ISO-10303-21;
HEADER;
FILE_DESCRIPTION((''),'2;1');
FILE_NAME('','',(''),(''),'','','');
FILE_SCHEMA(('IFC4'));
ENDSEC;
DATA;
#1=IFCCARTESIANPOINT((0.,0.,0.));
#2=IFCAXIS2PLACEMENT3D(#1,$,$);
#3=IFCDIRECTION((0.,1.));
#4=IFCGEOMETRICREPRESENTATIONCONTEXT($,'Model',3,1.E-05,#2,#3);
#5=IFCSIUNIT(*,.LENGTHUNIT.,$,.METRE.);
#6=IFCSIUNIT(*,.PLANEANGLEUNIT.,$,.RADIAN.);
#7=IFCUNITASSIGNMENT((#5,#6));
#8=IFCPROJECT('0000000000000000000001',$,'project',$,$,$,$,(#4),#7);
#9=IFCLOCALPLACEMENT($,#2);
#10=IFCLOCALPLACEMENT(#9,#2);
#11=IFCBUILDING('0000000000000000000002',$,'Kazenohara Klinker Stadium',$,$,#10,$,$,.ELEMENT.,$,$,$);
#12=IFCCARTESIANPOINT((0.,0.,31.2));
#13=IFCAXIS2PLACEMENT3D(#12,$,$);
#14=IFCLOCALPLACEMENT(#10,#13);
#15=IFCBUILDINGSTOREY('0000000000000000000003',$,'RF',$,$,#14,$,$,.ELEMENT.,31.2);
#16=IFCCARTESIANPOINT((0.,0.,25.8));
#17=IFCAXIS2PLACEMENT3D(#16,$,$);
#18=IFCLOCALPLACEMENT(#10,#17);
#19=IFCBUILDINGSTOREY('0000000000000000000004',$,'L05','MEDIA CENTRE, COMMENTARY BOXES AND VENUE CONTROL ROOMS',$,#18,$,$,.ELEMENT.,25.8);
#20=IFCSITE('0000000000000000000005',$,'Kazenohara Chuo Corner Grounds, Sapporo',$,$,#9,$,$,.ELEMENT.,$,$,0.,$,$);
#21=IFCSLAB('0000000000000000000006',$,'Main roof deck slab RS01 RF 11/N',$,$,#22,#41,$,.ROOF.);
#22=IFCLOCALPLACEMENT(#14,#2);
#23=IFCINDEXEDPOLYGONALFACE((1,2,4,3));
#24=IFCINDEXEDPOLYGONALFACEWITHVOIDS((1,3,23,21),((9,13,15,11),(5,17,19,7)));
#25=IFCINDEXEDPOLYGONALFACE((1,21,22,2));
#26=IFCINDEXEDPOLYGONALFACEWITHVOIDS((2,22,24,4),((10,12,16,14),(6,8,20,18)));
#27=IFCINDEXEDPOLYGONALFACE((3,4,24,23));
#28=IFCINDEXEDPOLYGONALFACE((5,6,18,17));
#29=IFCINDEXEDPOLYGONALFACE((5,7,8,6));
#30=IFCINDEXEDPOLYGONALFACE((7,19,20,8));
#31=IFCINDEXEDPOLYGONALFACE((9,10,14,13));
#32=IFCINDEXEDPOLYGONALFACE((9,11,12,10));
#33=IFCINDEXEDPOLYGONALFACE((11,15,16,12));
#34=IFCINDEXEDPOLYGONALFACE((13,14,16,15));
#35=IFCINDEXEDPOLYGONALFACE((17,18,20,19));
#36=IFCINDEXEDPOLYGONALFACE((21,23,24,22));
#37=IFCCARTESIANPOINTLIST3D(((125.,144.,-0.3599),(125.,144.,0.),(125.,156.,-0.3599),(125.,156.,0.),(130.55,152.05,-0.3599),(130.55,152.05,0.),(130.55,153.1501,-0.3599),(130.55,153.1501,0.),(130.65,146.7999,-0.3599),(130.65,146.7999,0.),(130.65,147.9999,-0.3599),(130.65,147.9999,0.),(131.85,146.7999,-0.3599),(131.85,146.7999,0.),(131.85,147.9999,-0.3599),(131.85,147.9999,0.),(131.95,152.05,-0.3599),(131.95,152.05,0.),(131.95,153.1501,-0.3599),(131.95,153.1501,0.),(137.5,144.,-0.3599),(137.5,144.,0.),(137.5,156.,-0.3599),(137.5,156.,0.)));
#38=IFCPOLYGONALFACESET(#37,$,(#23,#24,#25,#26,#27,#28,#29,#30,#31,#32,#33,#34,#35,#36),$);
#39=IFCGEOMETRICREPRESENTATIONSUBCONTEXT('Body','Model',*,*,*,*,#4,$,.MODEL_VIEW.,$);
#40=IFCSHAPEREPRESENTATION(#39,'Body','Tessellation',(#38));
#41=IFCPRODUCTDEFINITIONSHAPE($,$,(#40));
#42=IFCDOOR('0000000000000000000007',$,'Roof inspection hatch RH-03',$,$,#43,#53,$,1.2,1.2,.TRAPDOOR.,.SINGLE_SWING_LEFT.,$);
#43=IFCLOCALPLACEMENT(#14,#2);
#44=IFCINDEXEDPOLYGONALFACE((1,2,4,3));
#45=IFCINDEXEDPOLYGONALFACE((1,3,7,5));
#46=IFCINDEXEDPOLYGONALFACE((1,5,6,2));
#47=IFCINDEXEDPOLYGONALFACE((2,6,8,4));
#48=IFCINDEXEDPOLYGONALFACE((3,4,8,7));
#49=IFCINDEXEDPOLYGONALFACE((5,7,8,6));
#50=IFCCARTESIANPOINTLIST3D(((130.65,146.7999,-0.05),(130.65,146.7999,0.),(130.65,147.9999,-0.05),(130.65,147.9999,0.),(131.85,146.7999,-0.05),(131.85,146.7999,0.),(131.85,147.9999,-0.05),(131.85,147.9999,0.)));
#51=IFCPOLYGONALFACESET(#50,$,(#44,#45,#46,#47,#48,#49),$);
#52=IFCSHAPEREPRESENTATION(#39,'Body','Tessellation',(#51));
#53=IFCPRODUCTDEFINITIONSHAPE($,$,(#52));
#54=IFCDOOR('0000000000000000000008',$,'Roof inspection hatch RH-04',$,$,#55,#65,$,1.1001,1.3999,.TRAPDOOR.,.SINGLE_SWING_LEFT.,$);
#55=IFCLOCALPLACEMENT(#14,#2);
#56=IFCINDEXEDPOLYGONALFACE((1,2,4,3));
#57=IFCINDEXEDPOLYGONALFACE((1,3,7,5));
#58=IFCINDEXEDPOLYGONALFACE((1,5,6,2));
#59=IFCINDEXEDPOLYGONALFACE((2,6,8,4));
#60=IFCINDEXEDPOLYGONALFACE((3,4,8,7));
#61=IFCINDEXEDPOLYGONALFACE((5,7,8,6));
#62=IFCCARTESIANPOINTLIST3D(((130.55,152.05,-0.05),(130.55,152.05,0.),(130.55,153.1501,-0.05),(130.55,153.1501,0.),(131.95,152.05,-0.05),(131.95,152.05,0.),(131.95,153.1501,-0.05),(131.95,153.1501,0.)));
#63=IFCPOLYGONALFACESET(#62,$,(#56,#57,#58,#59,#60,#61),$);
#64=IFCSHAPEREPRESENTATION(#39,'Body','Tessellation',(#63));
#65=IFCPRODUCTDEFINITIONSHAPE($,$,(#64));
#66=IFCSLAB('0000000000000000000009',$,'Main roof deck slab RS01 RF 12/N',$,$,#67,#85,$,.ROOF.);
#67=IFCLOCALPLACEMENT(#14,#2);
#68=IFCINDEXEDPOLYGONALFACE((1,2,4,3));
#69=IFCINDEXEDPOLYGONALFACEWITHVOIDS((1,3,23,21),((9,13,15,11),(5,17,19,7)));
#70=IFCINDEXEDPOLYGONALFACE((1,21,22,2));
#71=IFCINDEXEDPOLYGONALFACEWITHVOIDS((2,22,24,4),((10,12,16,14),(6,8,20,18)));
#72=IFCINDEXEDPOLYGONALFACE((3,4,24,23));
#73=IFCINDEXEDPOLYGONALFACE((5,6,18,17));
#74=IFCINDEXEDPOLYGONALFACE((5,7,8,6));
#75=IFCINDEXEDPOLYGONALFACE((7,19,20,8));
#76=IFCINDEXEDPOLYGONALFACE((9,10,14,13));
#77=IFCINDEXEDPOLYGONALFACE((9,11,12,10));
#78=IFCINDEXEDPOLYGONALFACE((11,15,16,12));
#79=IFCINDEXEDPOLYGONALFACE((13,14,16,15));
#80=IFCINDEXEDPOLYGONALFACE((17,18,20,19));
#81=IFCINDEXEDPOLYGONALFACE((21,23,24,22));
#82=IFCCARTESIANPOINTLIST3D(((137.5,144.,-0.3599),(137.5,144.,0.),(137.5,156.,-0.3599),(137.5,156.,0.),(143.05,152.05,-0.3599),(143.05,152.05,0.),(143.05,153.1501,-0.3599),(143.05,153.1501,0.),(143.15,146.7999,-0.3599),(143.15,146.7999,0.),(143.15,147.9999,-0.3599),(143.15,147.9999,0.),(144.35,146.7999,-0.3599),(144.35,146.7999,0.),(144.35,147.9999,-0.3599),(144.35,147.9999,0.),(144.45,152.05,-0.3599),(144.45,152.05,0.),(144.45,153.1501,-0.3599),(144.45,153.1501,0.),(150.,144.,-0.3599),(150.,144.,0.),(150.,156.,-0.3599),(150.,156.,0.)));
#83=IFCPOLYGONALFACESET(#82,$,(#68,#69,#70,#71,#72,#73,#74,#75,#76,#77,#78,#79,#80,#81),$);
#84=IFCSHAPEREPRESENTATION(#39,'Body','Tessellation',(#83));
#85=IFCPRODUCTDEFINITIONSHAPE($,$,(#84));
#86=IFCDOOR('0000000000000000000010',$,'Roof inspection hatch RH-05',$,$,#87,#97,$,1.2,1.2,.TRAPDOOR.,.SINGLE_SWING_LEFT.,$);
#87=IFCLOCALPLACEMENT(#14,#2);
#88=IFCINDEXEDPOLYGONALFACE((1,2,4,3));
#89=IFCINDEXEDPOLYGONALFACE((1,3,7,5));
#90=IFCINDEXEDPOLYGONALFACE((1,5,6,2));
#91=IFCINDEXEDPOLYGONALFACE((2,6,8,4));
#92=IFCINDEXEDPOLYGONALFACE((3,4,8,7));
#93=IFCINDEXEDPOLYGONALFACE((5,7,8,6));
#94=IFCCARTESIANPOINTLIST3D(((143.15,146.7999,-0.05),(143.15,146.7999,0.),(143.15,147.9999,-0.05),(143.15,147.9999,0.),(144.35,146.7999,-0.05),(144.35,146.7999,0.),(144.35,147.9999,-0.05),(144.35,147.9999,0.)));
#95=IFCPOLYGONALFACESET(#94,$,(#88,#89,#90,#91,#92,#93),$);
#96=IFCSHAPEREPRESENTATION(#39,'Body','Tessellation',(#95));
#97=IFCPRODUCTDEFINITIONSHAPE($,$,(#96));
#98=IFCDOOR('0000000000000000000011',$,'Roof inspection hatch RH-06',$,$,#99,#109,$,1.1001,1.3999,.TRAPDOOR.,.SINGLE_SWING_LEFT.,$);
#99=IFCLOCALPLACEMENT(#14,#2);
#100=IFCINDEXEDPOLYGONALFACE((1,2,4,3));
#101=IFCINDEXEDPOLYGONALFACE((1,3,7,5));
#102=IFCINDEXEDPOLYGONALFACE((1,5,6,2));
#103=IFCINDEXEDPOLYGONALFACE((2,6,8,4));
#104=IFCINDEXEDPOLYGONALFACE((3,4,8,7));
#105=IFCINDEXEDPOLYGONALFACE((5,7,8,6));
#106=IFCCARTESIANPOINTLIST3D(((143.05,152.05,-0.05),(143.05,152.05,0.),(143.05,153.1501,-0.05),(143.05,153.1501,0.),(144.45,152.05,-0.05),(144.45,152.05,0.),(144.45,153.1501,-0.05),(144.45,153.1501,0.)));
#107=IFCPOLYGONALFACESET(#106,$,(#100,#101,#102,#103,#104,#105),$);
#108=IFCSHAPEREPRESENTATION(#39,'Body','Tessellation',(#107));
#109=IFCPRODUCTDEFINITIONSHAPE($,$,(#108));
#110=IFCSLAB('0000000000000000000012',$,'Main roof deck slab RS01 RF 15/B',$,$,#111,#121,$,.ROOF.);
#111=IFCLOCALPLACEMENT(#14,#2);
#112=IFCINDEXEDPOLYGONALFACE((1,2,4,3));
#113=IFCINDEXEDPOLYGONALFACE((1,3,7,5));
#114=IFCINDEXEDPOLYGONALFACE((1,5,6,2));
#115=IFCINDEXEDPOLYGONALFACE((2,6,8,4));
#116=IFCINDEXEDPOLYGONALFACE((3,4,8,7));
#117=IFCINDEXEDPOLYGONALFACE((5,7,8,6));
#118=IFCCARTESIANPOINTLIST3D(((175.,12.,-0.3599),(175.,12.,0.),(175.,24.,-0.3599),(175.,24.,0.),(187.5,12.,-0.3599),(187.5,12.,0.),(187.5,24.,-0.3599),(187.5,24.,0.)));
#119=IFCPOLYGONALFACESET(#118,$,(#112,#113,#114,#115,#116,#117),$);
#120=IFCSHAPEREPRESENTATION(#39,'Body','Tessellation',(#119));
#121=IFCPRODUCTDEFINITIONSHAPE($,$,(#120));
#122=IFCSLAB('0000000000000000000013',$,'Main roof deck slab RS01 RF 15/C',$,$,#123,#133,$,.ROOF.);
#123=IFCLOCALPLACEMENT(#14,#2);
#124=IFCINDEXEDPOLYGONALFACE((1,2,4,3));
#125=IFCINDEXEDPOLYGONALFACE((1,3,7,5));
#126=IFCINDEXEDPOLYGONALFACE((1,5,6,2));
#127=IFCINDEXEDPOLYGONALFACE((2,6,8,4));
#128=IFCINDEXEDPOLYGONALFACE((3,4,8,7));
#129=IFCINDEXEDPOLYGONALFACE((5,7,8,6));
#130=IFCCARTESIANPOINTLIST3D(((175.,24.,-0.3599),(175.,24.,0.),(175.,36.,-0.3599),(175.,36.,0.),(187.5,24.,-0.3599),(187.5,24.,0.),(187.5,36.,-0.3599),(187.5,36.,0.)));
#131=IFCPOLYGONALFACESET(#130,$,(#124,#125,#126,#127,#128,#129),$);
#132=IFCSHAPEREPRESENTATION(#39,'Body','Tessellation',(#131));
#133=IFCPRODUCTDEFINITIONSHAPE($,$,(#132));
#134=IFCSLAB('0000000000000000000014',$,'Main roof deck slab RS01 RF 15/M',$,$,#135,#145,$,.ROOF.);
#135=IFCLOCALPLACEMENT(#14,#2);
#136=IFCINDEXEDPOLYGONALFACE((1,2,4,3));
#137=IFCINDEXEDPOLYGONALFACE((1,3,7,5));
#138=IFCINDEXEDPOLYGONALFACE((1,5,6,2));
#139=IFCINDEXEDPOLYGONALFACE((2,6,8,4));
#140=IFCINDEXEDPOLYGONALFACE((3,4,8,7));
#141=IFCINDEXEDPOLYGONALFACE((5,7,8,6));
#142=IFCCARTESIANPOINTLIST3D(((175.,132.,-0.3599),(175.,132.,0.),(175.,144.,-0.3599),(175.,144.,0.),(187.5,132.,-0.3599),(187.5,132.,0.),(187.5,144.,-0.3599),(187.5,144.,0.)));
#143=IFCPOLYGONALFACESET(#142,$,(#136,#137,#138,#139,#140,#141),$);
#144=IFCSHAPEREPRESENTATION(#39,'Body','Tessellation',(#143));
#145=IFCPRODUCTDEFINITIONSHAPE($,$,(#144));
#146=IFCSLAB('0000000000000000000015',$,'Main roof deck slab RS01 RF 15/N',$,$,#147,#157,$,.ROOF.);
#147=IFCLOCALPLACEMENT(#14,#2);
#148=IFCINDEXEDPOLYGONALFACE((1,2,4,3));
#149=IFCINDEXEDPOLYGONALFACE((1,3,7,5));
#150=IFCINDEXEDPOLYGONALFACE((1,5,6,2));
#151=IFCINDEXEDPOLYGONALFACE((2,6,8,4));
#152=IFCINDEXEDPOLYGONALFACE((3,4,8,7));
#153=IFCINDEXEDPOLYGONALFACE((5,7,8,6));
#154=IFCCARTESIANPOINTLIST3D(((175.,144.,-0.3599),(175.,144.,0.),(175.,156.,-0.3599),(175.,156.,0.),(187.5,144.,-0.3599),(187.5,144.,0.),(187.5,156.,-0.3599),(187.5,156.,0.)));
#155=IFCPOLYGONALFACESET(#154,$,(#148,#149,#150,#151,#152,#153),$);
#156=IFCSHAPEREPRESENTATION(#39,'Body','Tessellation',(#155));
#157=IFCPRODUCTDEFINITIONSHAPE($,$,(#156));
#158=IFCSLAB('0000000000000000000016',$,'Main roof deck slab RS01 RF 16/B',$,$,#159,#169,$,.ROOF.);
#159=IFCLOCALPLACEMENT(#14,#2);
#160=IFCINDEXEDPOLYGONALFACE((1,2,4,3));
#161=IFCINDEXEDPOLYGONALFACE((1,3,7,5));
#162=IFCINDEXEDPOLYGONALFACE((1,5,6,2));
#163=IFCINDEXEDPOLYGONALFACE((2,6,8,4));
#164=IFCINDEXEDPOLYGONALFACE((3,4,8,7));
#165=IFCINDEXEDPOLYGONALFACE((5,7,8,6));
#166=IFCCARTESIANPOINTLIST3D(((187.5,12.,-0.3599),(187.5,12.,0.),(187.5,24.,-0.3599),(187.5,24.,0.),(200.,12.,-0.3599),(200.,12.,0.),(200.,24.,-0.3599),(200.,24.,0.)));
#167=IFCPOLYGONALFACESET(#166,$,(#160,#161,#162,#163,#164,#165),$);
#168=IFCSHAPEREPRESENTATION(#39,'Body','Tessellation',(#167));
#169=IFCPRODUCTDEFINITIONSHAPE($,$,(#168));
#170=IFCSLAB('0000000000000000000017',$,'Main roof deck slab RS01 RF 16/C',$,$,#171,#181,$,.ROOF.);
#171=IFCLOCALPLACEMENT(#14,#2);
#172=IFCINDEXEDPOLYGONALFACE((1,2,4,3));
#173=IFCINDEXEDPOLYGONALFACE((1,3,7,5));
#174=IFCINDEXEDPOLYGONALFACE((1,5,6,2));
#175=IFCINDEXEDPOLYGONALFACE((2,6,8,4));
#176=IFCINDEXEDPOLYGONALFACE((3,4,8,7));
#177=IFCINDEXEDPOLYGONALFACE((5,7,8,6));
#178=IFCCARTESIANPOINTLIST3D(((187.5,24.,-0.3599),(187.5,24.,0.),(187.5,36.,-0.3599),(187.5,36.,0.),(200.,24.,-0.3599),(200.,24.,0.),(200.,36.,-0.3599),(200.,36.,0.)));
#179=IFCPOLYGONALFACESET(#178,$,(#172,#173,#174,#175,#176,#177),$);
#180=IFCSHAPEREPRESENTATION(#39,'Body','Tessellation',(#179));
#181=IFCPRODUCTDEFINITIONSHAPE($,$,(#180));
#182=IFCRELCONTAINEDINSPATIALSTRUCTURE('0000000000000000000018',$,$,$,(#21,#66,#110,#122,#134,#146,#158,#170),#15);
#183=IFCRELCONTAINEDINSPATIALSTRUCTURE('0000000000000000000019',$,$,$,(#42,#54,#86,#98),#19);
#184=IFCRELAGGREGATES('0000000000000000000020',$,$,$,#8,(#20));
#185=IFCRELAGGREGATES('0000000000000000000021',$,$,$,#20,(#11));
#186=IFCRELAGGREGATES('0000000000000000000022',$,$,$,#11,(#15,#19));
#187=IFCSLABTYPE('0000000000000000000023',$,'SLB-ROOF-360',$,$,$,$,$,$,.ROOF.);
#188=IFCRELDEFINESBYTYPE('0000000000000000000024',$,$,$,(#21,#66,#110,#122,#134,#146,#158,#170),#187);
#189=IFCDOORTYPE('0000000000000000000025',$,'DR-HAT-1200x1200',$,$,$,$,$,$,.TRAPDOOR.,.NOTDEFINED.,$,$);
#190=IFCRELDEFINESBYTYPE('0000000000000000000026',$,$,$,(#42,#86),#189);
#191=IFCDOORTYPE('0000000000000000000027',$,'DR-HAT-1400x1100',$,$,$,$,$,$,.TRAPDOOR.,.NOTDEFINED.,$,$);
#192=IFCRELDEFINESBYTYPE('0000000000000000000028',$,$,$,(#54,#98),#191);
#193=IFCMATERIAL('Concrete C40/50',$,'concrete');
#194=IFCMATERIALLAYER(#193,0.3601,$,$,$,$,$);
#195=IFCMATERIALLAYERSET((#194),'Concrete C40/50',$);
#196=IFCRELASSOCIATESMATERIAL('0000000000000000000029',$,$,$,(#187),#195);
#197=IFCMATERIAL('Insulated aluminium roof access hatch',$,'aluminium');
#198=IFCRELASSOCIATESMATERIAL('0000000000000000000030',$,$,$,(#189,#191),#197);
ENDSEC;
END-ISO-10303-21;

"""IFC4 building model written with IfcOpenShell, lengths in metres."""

from ifc_helpers import new_model, si_unit, direction, frame, origin, origin_2d, place, context, subcontext, project, spatial, polyline, rectangle, outline, extrude, material, layer, layer_set, type_object, element, fill, save


model = new_model("IFC4")

# Units and contexts
model_context = context("Model", 3, precision=1e-05, world=origin(), true_north=direction((0.0, 1.0)))
body_context = subcontext(model_context, "Body", "Model", "MODEL_VIEW")
ifc_project = project(units=[si_unit("LENGTHUNIT", "METRE"), si_unit("PLANEANGLEUNIT", "RADIAN")], contexts=[model_context])

# Site, building, storey
site_placement = place(None, origin())
site = spatial("IfcSite", under=ifc_project, at=site_placement, Name="Kazenohara Chuo Corner Grounds, Sapporo", CompositionType="ELEMENT", RefElevation=0.0)
building_placement = place(site_placement, origin())
building = spatial("IfcBuilding", under=site, at=building_placement, Name="Kazenohara Klinker Stadium", CompositionType="ELEMENT")
storey_1_placement = place(building_placement, frame((0.0, 0.0, 31.2)))
storey_1 = spatial("IfcBuildingStorey", under=building, at=storey_1_placement, Name="RF", CompositionType="ELEMENT", Elevation=31.2)

# Shared definitions
ifc_material_1 = material(Name="Concrete C40/50", Category="concrete")
ifc_layer = layer(ifc_material_1, 0.3601)
ifc_layer_set = layer_set([ifc_layer], Name="Concrete C40/50")
slab_type = type_object("IfcSlabType", Name="SLB-ROOF-360", PredefinedType="ROOF", material=ifc_layer_set)

# Shared definitions
storey_2_placement = place(building_placement, frame((0.0, 0.0, 25.8)))
storey_2 = spatial("IfcBuildingStorey", under=building, at=storey_2_placement, Name="L05", Description="MEDIA CENTRE, COMMENTARY BOXES AND VENUE CONTROL ROOMS", CompositionType="ELEMENT", Elevation=25.8)

# Shared definitions
ifc_material_2 = material(Name="Insulated aluminium roof access hatch", Category="aluminium")
door_type_1 = type_object("IfcDoorType", Name="DR-HAT-1200x1200", OperationType="NOTDEFINED", PredefinedType="TRAPDOOR", material=ifc_material_2)
door_type_2 = type_object("IfcDoorType", Name="DR-HAT-1400x1100", OperationType="NOTDEFINED", PredefinedType="TRAPDOOR", material=ifc_material_2)

# Slabs, openings, doors
slab_1_placement = place(storey_1_placement, frame((0.0, 0.0, -0.3599)))
slab_1 = element("IfcSlab", 1, at=slab_1_placement, inside=storey_1, type_object=slab_type, Name="Main roof deck slab RS01 RF 11/N", PredefinedType="ROOF", context=body_context, shape_type="SweptSolid", body=[
    extrude(outline(polyline([(125.0, 144.0), (137.5, 144.0), (137.5, 156.0), (125.0, 156.0), (125.0, 144.0)])), origin(), (0.0, 0.0, 1.0), 0.3599),
])
opening_1_placement = place(slab_1_placement, frame((131.25, 147.3999, 0.0)))
opening_1 = element("IfcOpeningElement", 2, at=opening_1_placement, cuts=slab_1, PredefinedType="OPENING", context=body_context, shape_type="SweptSolid", body=[
    extrude(rectangle(XDim=1.2, YDim=1.2, at=origin_2d()), origin(), (0.0, 0.0, 1.0), 0.3599),
])
opening_2_placement = place(slab_1_placement, frame((131.25, 152.6001, 0.0)))
opening_2 = element("IfcOpeningElement", 3, at=opening_2_placement, cuts=slab_1, PredefinedType="OPENING", context=body_context, shape_type="SweptSolid", body=[
    extrude(rectangle(XDim=1.3999, YDim=1.1001, at=origin_2d()), origin(), (0.0, 0.0, 1.0), 0.3599),
])
door_1_placement = place(opening_1_placement, frame((0.0, 0.0, 0.3098)))
door_1 = element("IfcDoor", 4, at=door_1_placement, inside=storey_2, type_object=door_type_1, Name="Roof inspection hatch RH-03", OperationType="SINGLE_SWING_LEFT", OverallHeight=1.2, OverallWidth=1.2, PredefinedType="TRAPDOOR", context=body_context, shape_type="SweptSolid", body=[
    extrude(rectangle(XDim=1.2, YDim=1.2, at=origin_2d()), origin(), (0.0, 0.0, 1.0), 0.05),
])
fill(opening_1, door_1)
door_2_placement = place(opening_2_placement, frame((0.0, 0.0, 0.3098)))
door_2 = element("IfcDoor", 5, at=door_2_placement, inside=storey_2, type_object=door_type_2, Name="Roof inspection hatch RH-04", OperationType="SINGLE_SWING_LEFT", OverallHeight=1.1001, OverallWidth=1.3999, PredefinedType="TRAPDOOR", context=body_context, shape_type="SweptSolid", body=[
    extrude(rectangle(XDim=1.3999, YDim=1.1001, at=origin_2d()), origin(), (0.0, 0.0, 1.0), 0.05),
])
fill(opening_2, door_2)
slab_2_placement = place(storey_1_placement, frame((0.0, 0.0, -0.3599)))
slab_2 = element("IfcSlab", 6, at=slab_2_placement, inside=storey_1, type_object=slab_type, Name="Main roof deck slab RS01 RF 12/N", PredefinedType="ROOF", context=body_context, shape_type="SweptSolid", body=[
    extrude(outline(polyline([(137.5, 144.0), (150.0, 144.0), (150.0, 156.0), (137.5, 156.0), (137.5, 144.0)])), origin(), (0.0, 0.0, 1.0), 0.3599),
])
opening_3_placement = place(slab_2_placement, frame((143.75, 147.3999, 0.0)))
opening_3 = element("IfcOpeningElement", 7, at=opening_3_placement, cuts=slab_2, PredefinedType="OPENING", context=body_context, shape_type="SweptSolid", body=[
    extrude(rectangle(XDim=1.2, YDim=1.2, at=origin_2d()), origin(), (0.0, 0.0, 1.0), 0.3599),
])
opening_4_placement = place(slab_2_placement, frame((143.75, 152.6001, 0.0)))
opening_4 = element("IfcOpeningElement", 8, at=opening_4_placement, cuts=slab_2, PredefinedType="OPENING", context=body_context, shape_type="SweptSolid", body=[
    extrude(rectangle(XDim=1.3999, YDim=1.1001, at=origin_2d()), origin(), (0.0, 0.0, 1.0), 0.3599),
])
door_3_placement = place(opening_3_placement, frame((0.0, 0.0, 0.3098)))
door_3 = element("IfcDoor", 9, at=door_3_placement, inside=storey_2, type_object=door_type_1, Name="Roof inspection hatch RH-05", OperationType="SINGLE_SWING_LEFT", OverallHeight=1.2, OverallWidth=1.2, PredefinedType="TRAPDOOR", context=body_context, shape_type="SweptSolid", body=[
    extrude(rectangle(XDim=1.2, YDim=1.2, at=origin_2d()), origin(), (0.0, 0.0, 1.0), 0.05),
])
fill(opening_3, door_3)
door_4_placement = place(opening_4_placement, frame((0.0, 0.0, 0.3098)))
door_4 = element("IfcDoor", 10, at=door_4_placement, inside=storey_2, type_object=door_type_2, Name="Roof inspection hatch RH-06", OperationType="SINGLE_SWING_LEFT", OverallHeight=1.1001, OverallWidth=1.3999, PredefinedType="TRAPDOOR", context=body_context, shape_type="SweptSolid", body=[
    extrude(rectangle(XDim=1.3999, YDim=1.1001, at=origin_2d()), origin(), (0.0, 0.0, 1.0), 0.05),
])
fill(opening_4, door_4)

# Slabs
slab_3_placement = place(storey_1_placement, frame((0.0, 0.0, -0.3599)))
element("IfcSlab", 11, at=slab_3_placement, inside=storey_1, type_object=slab_type, Name="Main roof deck slab RS01 RF 15/B", PredefinedType="ROOF", context=body_context, shape_type="SweptSolid", body=[
    extrude(outline(polyline([(175.0, 12.0), (187.5, 12.0), (187.5, 24.0), (175.0, 24.0), (175.0, 12.0)])), origin(), (0.0, 0.0, 1.0), 0.3599),
])
slab_4_placement = place(storey_1_placement, frame((0.0, 0.0, -0.3599)))
element("IfcSlab", 12, at=slab_4_placement, inside=storey_1, type_object=slab_type, Name="Main roof deck slab RS01 RF 15/C", PredefinedType="ROOF", context=body_context, shape_type="SweptSolid", body=[
    extrude(outline(polyline([(175.0, 24.0), (187.5, 24.0), (187.5, 36.0), (175.0, 36.0), (175.0, 24.0)])), origin(), (0.0, 0.0, 1.0), 0.3599),
])
slab_5_placement = place(storey_1_placement, frame((0.0, 0.0, -0.3599)))
element("IfcSlab", 13, at=slab_5_placement, inside=storey_1, type_object=slab_type, Name="Main roof deck slab RS01 RF 15/M", PredefinedType="ROOF", context=body_context, shape_type="SweptSolid", body=[
    extrude(outline(polyline([(175.0, 132.0), (187.5, 132.0), (187.5, 144.0), (175.0, 144.0), (175.0, 132.0)])), origin(), (0.0, 0.0, 1.0), 0.3599),
])
slab_6_placement = place(storey_1_placement, frame((0.0, 0.0, -0.3599)))
element("IfcSlab", 14, at=slab_6_placement, inside=storey_1, type_object=slab_type, Name="Main roof deck slab RS01 RF 15/N", PredefinedType="ROOF", context=body_context, shape_type="SweptSolid", body=[
    extrude(outline(polyline([(175.0, 144.0), (187.5, 144.0), (187.5, 156.0), (175.0, 156.0), (175.0, 144.0)])), origin(), (0.0, 0.0, 1.0), 0.3599),
])
slab_7_placement = place(storey_1_placement, frame((0.0, 0.0, -0.3599)))
element("IfcSlab", 15, at=slab_7_placement, inside=storey_1, type_object=slab_type, Name="Main roof deck slab RS01 RF 16/B", PredefinedType="ROOF", context=body_context, shape_type="SweptSolid", body=[
    extrude(outline(polyline([(187.5, 12.0), (200.0, 12.0), (200.0, 24.0), (187.5, 24.0), (187.5, 12.0)])), origin(), (0.0, 0.0, 1.0), 0.3599),
])
slab_8_placement = place(storey_1_placement, frame((0.0, 0.0, -0.3599)))
element("IfcSlab", 16, at=slab_8_placement, inside=storey_1, type_object=slab_type, Name="Main roof deck slab RS01 RF 16/C", PredefinedType="ROOF", context=body_context, shape_type="SweptSolid", body=[
    extrude(outline(polyline([(187.5, 24.0), (200.0, 24.0), (200.0, 36.0), (187.5, 36.0), (187.5, 24.0)])), origin(), (0.0, 0.0, 1.0), 0.3599),
])

save(model, "model.ifc")
